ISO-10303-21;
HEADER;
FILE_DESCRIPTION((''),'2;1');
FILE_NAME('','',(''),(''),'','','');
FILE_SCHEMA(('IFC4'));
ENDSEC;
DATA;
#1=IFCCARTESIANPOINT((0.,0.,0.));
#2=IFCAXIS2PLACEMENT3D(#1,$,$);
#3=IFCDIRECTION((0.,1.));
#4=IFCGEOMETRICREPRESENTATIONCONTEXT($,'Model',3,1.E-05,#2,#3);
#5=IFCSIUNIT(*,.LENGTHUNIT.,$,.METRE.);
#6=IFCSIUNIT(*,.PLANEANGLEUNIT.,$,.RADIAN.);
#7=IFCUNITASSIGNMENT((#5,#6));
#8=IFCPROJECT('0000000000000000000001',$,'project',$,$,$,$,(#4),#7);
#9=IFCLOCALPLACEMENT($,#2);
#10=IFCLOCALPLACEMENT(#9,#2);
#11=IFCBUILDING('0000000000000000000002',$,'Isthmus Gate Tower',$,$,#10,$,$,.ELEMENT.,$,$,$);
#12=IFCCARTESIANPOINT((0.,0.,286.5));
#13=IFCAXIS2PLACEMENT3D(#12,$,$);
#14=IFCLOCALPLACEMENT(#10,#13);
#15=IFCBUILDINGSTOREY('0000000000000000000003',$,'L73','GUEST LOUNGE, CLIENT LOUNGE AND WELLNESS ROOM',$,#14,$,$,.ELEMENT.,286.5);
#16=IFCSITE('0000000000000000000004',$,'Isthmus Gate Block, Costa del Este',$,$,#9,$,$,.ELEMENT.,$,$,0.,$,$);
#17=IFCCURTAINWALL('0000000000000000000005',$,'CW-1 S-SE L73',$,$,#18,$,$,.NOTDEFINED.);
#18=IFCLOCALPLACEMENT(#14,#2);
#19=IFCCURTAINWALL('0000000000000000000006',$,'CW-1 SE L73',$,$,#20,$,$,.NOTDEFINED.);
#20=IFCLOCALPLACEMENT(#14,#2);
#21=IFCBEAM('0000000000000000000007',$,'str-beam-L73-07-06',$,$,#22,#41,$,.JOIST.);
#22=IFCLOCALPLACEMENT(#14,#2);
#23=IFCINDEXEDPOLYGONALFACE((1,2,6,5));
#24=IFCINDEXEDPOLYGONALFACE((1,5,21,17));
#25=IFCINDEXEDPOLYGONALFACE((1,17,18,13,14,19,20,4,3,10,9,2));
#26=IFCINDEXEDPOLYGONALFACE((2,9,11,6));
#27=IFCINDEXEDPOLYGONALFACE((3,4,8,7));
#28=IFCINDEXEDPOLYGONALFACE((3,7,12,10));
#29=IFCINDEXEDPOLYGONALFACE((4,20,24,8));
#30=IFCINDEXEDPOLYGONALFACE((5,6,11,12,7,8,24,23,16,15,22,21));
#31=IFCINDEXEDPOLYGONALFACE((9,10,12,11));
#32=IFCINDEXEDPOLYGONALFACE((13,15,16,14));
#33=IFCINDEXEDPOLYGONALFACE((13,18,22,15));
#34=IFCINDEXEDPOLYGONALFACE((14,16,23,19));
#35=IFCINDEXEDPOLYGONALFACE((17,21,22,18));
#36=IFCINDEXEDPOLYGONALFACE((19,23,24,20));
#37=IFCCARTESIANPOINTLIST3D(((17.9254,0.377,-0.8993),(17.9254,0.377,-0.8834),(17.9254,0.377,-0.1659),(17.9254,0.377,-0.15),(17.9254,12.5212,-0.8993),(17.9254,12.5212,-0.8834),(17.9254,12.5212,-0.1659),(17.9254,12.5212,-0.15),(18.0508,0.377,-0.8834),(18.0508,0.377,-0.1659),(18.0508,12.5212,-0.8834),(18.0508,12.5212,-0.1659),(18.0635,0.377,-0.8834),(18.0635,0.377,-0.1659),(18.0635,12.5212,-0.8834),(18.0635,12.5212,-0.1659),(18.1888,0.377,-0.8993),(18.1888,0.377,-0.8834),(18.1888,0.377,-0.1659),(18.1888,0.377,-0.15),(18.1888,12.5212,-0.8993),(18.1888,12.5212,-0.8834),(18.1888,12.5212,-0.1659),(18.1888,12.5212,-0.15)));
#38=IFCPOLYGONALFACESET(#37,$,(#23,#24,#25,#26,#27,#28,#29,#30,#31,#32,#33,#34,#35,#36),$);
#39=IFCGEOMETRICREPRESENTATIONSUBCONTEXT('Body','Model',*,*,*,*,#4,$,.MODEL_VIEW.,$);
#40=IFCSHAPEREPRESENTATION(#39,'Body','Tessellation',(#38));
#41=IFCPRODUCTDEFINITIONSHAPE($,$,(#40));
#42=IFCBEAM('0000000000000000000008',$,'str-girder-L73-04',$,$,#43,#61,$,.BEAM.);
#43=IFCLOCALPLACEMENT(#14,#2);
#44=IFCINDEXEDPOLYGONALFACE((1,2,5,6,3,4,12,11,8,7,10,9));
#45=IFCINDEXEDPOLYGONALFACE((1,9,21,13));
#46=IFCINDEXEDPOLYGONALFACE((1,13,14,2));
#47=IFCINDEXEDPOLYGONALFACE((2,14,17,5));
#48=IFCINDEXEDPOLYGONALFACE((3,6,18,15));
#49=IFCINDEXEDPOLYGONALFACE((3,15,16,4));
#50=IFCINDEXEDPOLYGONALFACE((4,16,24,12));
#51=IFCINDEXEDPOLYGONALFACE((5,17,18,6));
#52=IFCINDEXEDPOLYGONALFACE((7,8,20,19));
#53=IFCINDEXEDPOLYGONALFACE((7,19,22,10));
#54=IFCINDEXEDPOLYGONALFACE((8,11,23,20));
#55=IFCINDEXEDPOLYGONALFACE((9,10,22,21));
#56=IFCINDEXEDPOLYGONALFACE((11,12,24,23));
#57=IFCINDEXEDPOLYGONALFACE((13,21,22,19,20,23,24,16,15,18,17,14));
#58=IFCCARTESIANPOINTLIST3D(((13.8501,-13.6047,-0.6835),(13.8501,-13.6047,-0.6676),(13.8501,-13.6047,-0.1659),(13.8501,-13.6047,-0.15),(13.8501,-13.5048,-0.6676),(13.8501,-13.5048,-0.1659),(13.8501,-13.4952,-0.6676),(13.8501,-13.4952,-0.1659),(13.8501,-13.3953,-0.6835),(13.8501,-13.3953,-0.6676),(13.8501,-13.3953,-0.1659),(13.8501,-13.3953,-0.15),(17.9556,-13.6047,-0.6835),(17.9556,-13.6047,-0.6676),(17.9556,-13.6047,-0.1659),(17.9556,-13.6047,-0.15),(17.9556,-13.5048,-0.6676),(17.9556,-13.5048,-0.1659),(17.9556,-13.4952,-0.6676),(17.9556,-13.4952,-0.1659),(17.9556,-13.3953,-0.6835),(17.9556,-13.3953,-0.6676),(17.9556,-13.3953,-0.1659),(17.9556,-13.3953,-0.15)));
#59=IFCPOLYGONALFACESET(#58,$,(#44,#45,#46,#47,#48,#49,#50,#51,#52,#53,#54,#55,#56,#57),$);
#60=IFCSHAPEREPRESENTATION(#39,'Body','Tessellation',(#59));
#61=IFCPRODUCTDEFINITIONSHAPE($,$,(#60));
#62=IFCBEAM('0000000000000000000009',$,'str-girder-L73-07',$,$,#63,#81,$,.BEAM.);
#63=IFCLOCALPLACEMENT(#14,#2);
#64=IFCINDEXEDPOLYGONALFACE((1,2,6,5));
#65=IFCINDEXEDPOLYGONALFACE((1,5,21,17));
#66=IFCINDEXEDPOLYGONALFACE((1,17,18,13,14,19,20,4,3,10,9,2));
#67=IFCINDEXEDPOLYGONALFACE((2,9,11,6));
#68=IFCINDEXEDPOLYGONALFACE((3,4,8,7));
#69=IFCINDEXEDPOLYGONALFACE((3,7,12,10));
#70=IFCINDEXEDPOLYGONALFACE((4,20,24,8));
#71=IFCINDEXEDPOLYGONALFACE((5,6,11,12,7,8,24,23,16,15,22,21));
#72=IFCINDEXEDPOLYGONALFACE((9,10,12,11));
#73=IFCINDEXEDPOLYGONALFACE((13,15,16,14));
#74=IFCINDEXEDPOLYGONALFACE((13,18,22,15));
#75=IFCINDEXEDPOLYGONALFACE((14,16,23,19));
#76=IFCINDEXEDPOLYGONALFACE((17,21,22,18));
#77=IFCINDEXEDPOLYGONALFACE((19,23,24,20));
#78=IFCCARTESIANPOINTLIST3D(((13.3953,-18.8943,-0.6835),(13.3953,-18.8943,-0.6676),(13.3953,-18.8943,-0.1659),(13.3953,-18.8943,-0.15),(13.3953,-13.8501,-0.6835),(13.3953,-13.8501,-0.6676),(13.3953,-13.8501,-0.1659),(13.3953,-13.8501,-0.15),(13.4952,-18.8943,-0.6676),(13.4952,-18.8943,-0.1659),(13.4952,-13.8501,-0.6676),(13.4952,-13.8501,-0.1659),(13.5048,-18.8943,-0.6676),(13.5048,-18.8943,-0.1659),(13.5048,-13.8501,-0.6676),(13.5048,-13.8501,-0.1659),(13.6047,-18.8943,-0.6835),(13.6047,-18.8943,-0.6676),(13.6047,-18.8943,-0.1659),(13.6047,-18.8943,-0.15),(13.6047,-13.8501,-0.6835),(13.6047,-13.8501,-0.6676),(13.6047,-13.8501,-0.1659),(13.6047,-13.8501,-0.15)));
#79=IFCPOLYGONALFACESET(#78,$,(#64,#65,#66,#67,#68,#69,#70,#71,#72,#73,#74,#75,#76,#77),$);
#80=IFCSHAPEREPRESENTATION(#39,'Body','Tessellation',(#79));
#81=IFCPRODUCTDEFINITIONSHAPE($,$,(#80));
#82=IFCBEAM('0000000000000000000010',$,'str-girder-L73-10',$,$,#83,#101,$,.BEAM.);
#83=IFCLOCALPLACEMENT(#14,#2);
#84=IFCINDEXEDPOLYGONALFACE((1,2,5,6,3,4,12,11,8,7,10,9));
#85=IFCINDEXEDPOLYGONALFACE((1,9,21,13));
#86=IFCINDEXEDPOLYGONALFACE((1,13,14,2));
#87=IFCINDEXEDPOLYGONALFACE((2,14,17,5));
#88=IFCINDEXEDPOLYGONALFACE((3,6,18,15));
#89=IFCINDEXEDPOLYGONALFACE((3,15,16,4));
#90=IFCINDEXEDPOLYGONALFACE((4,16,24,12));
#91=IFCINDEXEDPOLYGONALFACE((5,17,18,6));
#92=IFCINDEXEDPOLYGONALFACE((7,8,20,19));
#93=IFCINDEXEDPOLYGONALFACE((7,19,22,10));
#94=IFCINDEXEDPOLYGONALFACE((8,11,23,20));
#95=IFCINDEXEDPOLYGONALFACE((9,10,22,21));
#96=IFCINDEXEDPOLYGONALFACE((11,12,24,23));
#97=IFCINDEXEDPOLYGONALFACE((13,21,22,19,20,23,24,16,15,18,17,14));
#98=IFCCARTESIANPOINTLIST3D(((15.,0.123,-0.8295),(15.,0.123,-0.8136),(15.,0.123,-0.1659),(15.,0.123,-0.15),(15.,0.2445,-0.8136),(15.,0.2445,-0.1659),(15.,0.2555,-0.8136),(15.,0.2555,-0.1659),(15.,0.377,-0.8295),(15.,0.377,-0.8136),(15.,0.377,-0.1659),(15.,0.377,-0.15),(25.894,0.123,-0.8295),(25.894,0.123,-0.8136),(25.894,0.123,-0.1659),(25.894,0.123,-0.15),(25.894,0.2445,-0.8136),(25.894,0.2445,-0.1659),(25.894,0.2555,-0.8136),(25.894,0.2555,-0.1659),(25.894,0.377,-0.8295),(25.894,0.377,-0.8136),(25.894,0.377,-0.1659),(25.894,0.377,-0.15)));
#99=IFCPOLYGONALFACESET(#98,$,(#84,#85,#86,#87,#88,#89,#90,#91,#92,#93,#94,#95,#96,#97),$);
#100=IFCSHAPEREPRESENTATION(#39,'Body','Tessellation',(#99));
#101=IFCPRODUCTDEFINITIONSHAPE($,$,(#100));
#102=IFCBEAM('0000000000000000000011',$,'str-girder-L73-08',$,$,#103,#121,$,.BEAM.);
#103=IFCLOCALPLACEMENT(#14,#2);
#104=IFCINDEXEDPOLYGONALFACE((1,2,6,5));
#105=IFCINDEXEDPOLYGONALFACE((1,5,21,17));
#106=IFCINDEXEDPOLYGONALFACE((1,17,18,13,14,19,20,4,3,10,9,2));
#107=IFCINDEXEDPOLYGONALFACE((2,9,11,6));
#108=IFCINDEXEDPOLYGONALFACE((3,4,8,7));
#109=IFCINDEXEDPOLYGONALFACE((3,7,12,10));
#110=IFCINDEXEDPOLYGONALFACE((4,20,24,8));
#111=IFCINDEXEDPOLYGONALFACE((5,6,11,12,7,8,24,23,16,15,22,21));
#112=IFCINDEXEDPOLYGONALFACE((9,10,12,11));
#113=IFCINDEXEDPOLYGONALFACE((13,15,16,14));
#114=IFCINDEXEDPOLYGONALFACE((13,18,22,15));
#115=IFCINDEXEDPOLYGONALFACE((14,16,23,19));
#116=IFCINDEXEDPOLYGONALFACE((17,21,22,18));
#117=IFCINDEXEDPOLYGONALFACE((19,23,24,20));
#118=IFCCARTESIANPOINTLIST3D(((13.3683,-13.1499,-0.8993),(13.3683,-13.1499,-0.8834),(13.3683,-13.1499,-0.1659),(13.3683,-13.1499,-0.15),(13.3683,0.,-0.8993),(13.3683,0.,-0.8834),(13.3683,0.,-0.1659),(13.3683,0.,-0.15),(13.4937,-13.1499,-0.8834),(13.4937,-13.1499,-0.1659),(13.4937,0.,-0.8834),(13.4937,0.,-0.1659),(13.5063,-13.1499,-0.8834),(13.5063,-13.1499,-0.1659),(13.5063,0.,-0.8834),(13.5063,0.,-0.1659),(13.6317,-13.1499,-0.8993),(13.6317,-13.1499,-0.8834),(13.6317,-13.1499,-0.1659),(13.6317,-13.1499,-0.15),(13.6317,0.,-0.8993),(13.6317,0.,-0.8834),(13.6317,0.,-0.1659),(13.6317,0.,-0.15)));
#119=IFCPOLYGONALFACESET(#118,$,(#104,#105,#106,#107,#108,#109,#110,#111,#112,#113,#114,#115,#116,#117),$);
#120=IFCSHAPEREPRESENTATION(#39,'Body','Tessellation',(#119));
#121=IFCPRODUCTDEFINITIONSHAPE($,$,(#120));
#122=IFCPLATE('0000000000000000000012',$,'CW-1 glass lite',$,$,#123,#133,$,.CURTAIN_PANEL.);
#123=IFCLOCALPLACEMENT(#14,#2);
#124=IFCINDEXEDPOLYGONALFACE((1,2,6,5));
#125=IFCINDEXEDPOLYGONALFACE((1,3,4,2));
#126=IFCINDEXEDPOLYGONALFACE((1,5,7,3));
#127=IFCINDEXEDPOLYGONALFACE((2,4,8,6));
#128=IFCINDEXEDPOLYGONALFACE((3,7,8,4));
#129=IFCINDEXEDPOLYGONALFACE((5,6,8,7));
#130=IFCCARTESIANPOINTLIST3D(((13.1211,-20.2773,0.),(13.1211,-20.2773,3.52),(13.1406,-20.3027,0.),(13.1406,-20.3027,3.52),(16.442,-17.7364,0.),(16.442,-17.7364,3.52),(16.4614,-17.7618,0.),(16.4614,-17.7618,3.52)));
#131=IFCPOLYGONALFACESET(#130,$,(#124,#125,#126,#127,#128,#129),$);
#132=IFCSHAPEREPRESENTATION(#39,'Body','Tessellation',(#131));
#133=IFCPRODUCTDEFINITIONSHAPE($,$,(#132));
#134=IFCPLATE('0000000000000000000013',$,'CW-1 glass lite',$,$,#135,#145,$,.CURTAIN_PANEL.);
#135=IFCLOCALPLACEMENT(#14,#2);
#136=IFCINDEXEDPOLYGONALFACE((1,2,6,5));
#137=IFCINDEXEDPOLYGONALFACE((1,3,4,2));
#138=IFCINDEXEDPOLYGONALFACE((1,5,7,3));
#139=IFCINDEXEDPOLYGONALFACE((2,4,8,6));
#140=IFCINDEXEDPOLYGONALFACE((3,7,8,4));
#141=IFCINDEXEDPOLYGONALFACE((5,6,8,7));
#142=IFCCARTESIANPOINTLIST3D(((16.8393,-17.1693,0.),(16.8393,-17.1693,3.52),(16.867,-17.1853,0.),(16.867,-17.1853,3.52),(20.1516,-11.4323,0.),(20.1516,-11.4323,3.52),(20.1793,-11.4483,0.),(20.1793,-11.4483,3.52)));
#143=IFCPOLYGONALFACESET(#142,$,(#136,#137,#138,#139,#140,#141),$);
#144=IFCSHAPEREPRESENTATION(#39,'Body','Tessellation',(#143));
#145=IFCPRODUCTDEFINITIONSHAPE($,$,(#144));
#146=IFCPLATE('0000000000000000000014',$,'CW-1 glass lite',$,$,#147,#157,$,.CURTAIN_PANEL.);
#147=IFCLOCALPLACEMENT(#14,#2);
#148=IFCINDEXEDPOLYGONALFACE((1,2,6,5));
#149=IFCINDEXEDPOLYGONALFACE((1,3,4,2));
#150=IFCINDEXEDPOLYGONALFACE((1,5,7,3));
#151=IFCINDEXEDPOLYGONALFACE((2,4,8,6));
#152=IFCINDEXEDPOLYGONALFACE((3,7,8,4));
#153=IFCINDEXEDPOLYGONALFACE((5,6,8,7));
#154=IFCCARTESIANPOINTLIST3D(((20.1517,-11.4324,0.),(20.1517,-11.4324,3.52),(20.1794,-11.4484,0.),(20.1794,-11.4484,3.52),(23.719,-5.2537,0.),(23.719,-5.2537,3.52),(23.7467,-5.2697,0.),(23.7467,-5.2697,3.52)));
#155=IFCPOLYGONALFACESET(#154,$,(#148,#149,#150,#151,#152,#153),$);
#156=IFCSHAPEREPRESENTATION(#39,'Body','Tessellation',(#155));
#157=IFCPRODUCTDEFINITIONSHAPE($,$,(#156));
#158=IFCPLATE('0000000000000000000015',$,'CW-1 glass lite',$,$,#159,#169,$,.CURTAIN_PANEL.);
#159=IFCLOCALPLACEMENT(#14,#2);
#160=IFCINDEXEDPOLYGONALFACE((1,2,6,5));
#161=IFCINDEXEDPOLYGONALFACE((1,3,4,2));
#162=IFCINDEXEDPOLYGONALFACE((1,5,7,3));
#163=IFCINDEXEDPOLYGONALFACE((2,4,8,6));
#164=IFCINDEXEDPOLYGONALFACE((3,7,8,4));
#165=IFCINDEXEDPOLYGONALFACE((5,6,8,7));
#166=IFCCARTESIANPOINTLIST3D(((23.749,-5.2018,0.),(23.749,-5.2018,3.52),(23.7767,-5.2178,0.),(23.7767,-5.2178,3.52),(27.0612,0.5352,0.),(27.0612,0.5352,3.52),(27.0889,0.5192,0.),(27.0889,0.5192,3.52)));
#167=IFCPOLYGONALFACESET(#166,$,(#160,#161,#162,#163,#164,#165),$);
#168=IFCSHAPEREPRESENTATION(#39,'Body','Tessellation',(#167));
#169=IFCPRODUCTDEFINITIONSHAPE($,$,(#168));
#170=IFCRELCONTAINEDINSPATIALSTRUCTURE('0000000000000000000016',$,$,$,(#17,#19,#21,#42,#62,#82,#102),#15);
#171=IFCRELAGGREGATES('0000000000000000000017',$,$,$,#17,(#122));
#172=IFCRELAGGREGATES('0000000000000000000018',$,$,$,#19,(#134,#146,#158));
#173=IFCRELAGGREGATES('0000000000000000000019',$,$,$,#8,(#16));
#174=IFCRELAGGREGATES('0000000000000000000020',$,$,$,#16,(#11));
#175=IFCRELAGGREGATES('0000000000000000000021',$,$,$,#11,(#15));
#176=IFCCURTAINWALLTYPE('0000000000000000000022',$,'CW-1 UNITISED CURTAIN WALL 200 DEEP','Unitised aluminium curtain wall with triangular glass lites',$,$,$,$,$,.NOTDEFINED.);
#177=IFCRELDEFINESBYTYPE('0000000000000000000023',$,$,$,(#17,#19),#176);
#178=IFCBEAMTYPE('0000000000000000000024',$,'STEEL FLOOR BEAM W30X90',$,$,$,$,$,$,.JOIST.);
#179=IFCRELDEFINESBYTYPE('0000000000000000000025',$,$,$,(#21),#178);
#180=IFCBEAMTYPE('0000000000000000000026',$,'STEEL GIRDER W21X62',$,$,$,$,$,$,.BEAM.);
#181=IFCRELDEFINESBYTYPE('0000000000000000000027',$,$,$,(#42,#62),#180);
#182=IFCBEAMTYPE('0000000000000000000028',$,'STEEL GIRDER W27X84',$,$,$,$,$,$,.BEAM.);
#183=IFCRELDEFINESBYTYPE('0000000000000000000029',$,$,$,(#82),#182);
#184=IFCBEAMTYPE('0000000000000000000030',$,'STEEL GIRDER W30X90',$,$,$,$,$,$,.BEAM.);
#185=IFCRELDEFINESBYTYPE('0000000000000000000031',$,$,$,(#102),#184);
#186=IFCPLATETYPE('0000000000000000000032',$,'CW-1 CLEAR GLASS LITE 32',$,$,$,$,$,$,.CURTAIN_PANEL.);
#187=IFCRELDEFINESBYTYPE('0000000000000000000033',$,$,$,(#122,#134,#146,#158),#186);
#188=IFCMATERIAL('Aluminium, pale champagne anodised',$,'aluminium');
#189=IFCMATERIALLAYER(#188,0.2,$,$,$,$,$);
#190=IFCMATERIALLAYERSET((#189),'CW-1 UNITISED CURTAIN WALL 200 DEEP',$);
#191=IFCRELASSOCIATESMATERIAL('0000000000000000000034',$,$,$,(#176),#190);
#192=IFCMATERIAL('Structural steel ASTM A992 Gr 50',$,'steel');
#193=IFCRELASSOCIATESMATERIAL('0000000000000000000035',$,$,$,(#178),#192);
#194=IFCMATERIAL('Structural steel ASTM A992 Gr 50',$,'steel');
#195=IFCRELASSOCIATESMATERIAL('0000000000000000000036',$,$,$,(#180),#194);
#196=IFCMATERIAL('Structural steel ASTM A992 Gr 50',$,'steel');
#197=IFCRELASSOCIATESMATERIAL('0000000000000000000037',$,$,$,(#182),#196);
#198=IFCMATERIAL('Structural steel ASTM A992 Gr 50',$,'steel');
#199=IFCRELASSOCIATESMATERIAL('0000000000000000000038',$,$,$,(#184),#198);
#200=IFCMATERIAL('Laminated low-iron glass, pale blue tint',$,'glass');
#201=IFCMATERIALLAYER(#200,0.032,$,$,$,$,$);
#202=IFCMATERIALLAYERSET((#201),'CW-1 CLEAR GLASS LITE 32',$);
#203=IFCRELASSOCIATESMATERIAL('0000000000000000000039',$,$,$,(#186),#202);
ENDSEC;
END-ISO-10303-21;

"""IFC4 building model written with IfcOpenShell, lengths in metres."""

from ifc_helpers import new_model, si_unit, direction, frame, origin, origin_2d, place, context, subcontext, project, spatial, rectangle, i_section, extrude, material, layer, layer_set, material_profile, profile_set, type_object, element, aggregate, save


model = new_model("IFC4")

# Units and contexts
model_context = context("Model", 3, precision=1e-05, world=origin(), true_north=direction((0.0, 1.0)))
body_context = subcontext(model_context, "Body", "Model", "MODEL_VIEW")
ifc_project = project(units=[si_unit("LENGTHUNIT", "METRE"), si_unit("PLANEANGLEUNIT", "RADIAN")], contexts=[model_context])

# Site, building, storey
site_placement = place(None, origin())
site = spatial("IfcSite", under=ifc_project, at=site_placement, Name="Isthmus Gate Block, Costa del Este", CompositionType="ELEMENT", RefElevation=0.0)
building_placement = place(site_placement, origin())
building = spatial("IfcBuilding", under=site, at=building_placement, Name="Isthmus Gate Tower", CompositionType="ELEMENT")
storey_placement = place(building_placement, frame((0.0, 0.0, 286.5)))
storey = spatial("IfcBuildingStorey", under=building, at=storey_placement, Name="L73", Description="GUEST LOUNGE, CLIENT LOUNGE AND WELLNESS ROOM", CompositionType="ELEMENT", Elevation=286.5)

# Curtain wall
ifc_material_1 = material(Name="Aluminium, pale champagne anodised", Category="aluminium")
ifc_layer_1 = layer(ifc_material_1, 0.2)
ifc_layer_set_1 = layer_set([ifc_layer_1], Name="CW-1 UNITISED CURTAIN WALL 200 DEEP")
curtain_wall_type = type_object("IfcCurtainWallType", Name="CW-1 UNITISED CURTAIN WALL 200 DEEP", Description="Unitised aluminium curtain wall with triangular glass lites", PredefinedType="NOTDEFINED", material=ifc_layer_set_1)
curtain_wall_1_placement = place(storey_placement, origin())
curtain_wall_1 = element("IfcCurtainWall", 1, at=curtain_wall_1_placement, inside=storey, type_object=curtain_wall_type, Name="CW-1 S-SE L73", PredefinedType="NOTDEFINED")

# Curtain wall
curtain_wall_2_placement = place(storey_placement, origin())
curtain_wall_2 = element("IfcCurtainWall", 2, at=curtain_wall_2_placement, inside=storey, type_object=curtain_wall_type, Name="CW-1 SE L73", PredefinedType="NOTDEFINED")

# Beams
ifc_material_2 = material(Name="Structural steel ASTM A992 Gr 50", Category="steel")
ifc_material_profile_1 = material_profile(ifc_material_2, i_section(OverallWidth=0.2634, OverallDepth=0.7493, WebThickness=0.0127, FlangeThickness=0.0159, at=origin_2d()), Name="W30X90")
ifc_profile_set_1 = profile_set([ifc_material_profile_1], Name="Structural steel ASTM A992 Gr 50")
beam_type_1 = type_object("IfcBeamType", Name="STEEL FLOOR BEAM W30X90", PredefinedType="JOIST", material=ifc_profile_set_1)
beam_1_placement = place(storey_placement, frame((18.0571, 0.377, -0.5247), z_axis=(0.0, 1.0, 0.0), x_axis=(-1.0, 0.0, 0.0)))
element("IfcBeam", 3, at=beam_1_placement, inside=storey, type_object=beam_type_1, Name="str-beam-L73-07-06", PredefinedType="JOIST", context=body_context, shape_type="SweptSolid", body=[
    extrude(i_section(OverallWidth=0.2634, OverallDepth=0.7493, WebThickness=0.0127, FlangeThickness=0.0159, at=origin_2d()), origin(), (0.0, 0.0, 1.0), 12.1443),
])
ifc_material_3 = material(Name="Structural steel ASTM A992 Gr 50", Category="steel")
ifc_material_profile_2 = material_profile(ifc_material_3, i_section(OverallWidth=0.2095, OverallDepth=0.5334, WebThickness=0.0095, FlangeThickness=0.0159, at=origin_2d()), Name="W21X62")
ifc_profile_set_2 = profile_set([ifc_material_profile_2], Name="Structural steel ASTM A992 Gr 50")
beam_type_2 = type_object("IfcBeamType", Name="STEEL GIRDER W21X62", PredefinedType="BEAM", material=ifc_profile_set_2)
beam_2_placement = place(storey_placement, frame((13.8501, -13.5, -0.4167), z_axis=(1.0, 0.0, 0.0), x_axis=(0.0, 1.0, 0.0)))
element("IfcBeam", 4, at=beam_2_placement, inside=storey, type_object=beam_type_2, Name="str-girder-L73-04", PredefinedType="BEAM", context=body_context, shape_type="SweptSolid", body=[
    extrude(i_section(OverallWidth=0.2095, OverallDepth=0.5334, WebThickness=0.0095, FlangeThickness=0.0159, at=origin_2d()), origin(), (0.0, 0.0, 1.0), 4.1055),
])
beam_3_placement = place(storey_placement, frame((13.5, -18.8943, -0.4167), z_axis=(0.0, 1.0, 0.0), x_axis=(-1.0, 0.0, 0.0)))
element("IfcBeam", 5, at=beam_3_placement, inside=storey, type_object=beam_type_2, Name="str-girder-L73-07", PredefinedType="BEAM", context=body_context, shape_type="SweptSolid", body=[
    extrude(i_section(OverallWidth=0.2095, OverallDepth=0.5334, WebThickness=0.0095, FlangeThickness=0.0159, at=origin_2d()), origin(), (0.0, 0.0, 1.0), 5.0442),
])
ifc_material_4 = material(Name="Structural steel ASTM A992 Gr 50", Category="steel")
ifc_material_profile_3 = material_profile(ifc_material_4, i_section(OverallWidth=0.2539, OverallDepth=0.6794, WebThickness=0.011, FlangeThickness=0.0159, at=origin_2d()), Name="W27X84")
ifc_profile_set_3 = profile_set([ifc_material_profile_3], Name="Structural steel ASTM A992 Gr 50")
beam_type_3 = type_object("IfcBeamType", Name="STEEL GIRDER W27X84", PredefinedType="BEAM", material=ifc_profile_set_3)
beam_4_placement = place(storey_placement, frame((15.0, 0.25, -0.4897), z_axis=(1.0, 0.0, 0.0), x_axis=(0.0, 1.0, 0.0)))
element("IfcBeam", 6, at=beam_4_placement, inside=storey, type_object=beam_type_3, Name="str-girder-L73-10", PredefinedType="BEAM", context=body_context, shape_type="SweptSolid", body=[
    extrude(i_section(OverallWidth=0.2539, OverallDepth=0.6794, WebThickness=0.011, FlangeThickness=0.0159, at=origin_2d()), origin(), (0.0, 0.0, 1.0), 10.894),
])
ifc_material_5 = material(Name="Structural steel ASTM A992 Gr 50", Category="steel")
ifc_material_profile_4 = material_profile(ifc_material_5, i_section(OverallWidth=0.2634, OverallDepth=0.7493, WebThickness=0.0127, FlangeThickness=0.0159, at=origin_2d()), Name="W30X90")
ifc_profile_set_4 = profile_set([ifc_material_profile_4], Name="Structural steel ASTM A992 Gr 50")
beam_type_4 = type_object("IfcBeamType", Name="STEEL GIRDER W30X90", PredefinedType="BEAM", material=ifc_profile_set_4)
beam_5_placement = place(storey_placement, frame((13.5, -13.1499, -0.5247), z_axis=(0.0, 1.0, 0.0), x_axis=(-1.0, 0.0, 0.0)))
element("IfcBeam", 7, at=beam_5_placement, inside=storey, type_object=beam_type_4, Name="str-girder-L73-08", PredefinedType="BEAM", context=body_context, shape_type="SweptSolid", body=[
    extrude(i_section(OverallWidth=0.2634, OverallDepth=0.7493, WebThickness=0.0127, FlangeThickness=0.0159, at=origin_2d()), origin(), (0.0, 0.0, 1.0), 13.1499),
])

# Plates
ifc_material_6 = material(Name="Laminated low-iron glass, pale blue tint", Category="glass")
ifc_layer_2 = layer(ifc_material_6, 0.032)
ifc_layer_set_2 = layer_set([ifc_layer_2], Name="CW-1 CLEAR GLASS LITE 32")
plate_type = type_object("IfcPlateType", Name="CW-1 CLEAR GLASS LITE 32", PredefinedType="CURTAIN_PANEL", material=ifc_layer_set_2)
plate_1_placement = place(storey_placement, frame((14.7913, -19.0195, 0.0), z_axis=(0.0, 0.0, 1.0), x_axis=(0.794189, 0.607671, 0.0)))
plate_1 = element("IfcPlate", 8, at=plate_1_placement, type_object=plate_type, Name="CW-1 glass lite", PredefinedType="CURTAIN_PANEL", context=body_context, shape_type="SweptSolid", body=[
    extrude(rectangle(XDim=4.1814, YDim=0.032, at=origin_2d()), origin(), (0.0, 0.0, 1.0), 3.52),
])
aggregate(curtain_wall_1, [plate_1])
plate_2_placement = place(storey_placement, frame((18.5093, -14.3088, 0.0), z_axis=(0.0, 0.0, 1.0), x_axis=(0.5, 0.866025, 0.0)))
plate_2 = element("IfcPlate", 9, at=plate_2_placement, type_object=plate_type, Name="CW-1 glass lite", PredefinedType="CURTAIN_PANEL", context=body_context, shape_type="SweptSolid", body=[
    extrude(rectangle(XDim=6.6245, YDim=0.032, at=origin_2d()), origin(), (0.0, 0.0, 1.0), 3.52),
])
plate_3_placement = place(storey_placement, frame((21.9492, -8.3511, 0.0), z_axis=(0.0, 0.0, 1.0), x_axis=(0.5, 0.866025, 0.0)))
plate_3 = element("IfcPlate", 10, at=plate_3_placement, type_object=plate_type, Name="CW-1 glass lite", PredefinedType="CURTAIN_PANEL", context=body_context, shape_type="SweptSolid", body=[
    extrude(rectangle(XDim=7.1345, YDim=0.032, at=origin_2d()), origin(), (0.0, 0.0, 1.0), 3.52),
])
plate_4_placement = place(storey_placement, frame((25.4189, -2.3413, 0.0), z_axis=(0.0, 0.0, 1.0), x_axis=(0.5, 0.866025, 0.0)))
plate_4 = element("IfcPlate", 11, at=plate_4_placement, type_object=plate_type, Name="CW-1 glass lite", PredefinedType="CURTAIN_PANEL", context=body_context, shape_type="SweptSolid", body=[
    extrude(rectangle(XDim=6.6245, YDim=0.032, at=origin_2d()), origin(), (0.0, 0.0, 1.0), 3.52),
])
aggregate(curtain_wall_2, [plate_2, plate_3, plate_4])

save(model, "model.ifc")
